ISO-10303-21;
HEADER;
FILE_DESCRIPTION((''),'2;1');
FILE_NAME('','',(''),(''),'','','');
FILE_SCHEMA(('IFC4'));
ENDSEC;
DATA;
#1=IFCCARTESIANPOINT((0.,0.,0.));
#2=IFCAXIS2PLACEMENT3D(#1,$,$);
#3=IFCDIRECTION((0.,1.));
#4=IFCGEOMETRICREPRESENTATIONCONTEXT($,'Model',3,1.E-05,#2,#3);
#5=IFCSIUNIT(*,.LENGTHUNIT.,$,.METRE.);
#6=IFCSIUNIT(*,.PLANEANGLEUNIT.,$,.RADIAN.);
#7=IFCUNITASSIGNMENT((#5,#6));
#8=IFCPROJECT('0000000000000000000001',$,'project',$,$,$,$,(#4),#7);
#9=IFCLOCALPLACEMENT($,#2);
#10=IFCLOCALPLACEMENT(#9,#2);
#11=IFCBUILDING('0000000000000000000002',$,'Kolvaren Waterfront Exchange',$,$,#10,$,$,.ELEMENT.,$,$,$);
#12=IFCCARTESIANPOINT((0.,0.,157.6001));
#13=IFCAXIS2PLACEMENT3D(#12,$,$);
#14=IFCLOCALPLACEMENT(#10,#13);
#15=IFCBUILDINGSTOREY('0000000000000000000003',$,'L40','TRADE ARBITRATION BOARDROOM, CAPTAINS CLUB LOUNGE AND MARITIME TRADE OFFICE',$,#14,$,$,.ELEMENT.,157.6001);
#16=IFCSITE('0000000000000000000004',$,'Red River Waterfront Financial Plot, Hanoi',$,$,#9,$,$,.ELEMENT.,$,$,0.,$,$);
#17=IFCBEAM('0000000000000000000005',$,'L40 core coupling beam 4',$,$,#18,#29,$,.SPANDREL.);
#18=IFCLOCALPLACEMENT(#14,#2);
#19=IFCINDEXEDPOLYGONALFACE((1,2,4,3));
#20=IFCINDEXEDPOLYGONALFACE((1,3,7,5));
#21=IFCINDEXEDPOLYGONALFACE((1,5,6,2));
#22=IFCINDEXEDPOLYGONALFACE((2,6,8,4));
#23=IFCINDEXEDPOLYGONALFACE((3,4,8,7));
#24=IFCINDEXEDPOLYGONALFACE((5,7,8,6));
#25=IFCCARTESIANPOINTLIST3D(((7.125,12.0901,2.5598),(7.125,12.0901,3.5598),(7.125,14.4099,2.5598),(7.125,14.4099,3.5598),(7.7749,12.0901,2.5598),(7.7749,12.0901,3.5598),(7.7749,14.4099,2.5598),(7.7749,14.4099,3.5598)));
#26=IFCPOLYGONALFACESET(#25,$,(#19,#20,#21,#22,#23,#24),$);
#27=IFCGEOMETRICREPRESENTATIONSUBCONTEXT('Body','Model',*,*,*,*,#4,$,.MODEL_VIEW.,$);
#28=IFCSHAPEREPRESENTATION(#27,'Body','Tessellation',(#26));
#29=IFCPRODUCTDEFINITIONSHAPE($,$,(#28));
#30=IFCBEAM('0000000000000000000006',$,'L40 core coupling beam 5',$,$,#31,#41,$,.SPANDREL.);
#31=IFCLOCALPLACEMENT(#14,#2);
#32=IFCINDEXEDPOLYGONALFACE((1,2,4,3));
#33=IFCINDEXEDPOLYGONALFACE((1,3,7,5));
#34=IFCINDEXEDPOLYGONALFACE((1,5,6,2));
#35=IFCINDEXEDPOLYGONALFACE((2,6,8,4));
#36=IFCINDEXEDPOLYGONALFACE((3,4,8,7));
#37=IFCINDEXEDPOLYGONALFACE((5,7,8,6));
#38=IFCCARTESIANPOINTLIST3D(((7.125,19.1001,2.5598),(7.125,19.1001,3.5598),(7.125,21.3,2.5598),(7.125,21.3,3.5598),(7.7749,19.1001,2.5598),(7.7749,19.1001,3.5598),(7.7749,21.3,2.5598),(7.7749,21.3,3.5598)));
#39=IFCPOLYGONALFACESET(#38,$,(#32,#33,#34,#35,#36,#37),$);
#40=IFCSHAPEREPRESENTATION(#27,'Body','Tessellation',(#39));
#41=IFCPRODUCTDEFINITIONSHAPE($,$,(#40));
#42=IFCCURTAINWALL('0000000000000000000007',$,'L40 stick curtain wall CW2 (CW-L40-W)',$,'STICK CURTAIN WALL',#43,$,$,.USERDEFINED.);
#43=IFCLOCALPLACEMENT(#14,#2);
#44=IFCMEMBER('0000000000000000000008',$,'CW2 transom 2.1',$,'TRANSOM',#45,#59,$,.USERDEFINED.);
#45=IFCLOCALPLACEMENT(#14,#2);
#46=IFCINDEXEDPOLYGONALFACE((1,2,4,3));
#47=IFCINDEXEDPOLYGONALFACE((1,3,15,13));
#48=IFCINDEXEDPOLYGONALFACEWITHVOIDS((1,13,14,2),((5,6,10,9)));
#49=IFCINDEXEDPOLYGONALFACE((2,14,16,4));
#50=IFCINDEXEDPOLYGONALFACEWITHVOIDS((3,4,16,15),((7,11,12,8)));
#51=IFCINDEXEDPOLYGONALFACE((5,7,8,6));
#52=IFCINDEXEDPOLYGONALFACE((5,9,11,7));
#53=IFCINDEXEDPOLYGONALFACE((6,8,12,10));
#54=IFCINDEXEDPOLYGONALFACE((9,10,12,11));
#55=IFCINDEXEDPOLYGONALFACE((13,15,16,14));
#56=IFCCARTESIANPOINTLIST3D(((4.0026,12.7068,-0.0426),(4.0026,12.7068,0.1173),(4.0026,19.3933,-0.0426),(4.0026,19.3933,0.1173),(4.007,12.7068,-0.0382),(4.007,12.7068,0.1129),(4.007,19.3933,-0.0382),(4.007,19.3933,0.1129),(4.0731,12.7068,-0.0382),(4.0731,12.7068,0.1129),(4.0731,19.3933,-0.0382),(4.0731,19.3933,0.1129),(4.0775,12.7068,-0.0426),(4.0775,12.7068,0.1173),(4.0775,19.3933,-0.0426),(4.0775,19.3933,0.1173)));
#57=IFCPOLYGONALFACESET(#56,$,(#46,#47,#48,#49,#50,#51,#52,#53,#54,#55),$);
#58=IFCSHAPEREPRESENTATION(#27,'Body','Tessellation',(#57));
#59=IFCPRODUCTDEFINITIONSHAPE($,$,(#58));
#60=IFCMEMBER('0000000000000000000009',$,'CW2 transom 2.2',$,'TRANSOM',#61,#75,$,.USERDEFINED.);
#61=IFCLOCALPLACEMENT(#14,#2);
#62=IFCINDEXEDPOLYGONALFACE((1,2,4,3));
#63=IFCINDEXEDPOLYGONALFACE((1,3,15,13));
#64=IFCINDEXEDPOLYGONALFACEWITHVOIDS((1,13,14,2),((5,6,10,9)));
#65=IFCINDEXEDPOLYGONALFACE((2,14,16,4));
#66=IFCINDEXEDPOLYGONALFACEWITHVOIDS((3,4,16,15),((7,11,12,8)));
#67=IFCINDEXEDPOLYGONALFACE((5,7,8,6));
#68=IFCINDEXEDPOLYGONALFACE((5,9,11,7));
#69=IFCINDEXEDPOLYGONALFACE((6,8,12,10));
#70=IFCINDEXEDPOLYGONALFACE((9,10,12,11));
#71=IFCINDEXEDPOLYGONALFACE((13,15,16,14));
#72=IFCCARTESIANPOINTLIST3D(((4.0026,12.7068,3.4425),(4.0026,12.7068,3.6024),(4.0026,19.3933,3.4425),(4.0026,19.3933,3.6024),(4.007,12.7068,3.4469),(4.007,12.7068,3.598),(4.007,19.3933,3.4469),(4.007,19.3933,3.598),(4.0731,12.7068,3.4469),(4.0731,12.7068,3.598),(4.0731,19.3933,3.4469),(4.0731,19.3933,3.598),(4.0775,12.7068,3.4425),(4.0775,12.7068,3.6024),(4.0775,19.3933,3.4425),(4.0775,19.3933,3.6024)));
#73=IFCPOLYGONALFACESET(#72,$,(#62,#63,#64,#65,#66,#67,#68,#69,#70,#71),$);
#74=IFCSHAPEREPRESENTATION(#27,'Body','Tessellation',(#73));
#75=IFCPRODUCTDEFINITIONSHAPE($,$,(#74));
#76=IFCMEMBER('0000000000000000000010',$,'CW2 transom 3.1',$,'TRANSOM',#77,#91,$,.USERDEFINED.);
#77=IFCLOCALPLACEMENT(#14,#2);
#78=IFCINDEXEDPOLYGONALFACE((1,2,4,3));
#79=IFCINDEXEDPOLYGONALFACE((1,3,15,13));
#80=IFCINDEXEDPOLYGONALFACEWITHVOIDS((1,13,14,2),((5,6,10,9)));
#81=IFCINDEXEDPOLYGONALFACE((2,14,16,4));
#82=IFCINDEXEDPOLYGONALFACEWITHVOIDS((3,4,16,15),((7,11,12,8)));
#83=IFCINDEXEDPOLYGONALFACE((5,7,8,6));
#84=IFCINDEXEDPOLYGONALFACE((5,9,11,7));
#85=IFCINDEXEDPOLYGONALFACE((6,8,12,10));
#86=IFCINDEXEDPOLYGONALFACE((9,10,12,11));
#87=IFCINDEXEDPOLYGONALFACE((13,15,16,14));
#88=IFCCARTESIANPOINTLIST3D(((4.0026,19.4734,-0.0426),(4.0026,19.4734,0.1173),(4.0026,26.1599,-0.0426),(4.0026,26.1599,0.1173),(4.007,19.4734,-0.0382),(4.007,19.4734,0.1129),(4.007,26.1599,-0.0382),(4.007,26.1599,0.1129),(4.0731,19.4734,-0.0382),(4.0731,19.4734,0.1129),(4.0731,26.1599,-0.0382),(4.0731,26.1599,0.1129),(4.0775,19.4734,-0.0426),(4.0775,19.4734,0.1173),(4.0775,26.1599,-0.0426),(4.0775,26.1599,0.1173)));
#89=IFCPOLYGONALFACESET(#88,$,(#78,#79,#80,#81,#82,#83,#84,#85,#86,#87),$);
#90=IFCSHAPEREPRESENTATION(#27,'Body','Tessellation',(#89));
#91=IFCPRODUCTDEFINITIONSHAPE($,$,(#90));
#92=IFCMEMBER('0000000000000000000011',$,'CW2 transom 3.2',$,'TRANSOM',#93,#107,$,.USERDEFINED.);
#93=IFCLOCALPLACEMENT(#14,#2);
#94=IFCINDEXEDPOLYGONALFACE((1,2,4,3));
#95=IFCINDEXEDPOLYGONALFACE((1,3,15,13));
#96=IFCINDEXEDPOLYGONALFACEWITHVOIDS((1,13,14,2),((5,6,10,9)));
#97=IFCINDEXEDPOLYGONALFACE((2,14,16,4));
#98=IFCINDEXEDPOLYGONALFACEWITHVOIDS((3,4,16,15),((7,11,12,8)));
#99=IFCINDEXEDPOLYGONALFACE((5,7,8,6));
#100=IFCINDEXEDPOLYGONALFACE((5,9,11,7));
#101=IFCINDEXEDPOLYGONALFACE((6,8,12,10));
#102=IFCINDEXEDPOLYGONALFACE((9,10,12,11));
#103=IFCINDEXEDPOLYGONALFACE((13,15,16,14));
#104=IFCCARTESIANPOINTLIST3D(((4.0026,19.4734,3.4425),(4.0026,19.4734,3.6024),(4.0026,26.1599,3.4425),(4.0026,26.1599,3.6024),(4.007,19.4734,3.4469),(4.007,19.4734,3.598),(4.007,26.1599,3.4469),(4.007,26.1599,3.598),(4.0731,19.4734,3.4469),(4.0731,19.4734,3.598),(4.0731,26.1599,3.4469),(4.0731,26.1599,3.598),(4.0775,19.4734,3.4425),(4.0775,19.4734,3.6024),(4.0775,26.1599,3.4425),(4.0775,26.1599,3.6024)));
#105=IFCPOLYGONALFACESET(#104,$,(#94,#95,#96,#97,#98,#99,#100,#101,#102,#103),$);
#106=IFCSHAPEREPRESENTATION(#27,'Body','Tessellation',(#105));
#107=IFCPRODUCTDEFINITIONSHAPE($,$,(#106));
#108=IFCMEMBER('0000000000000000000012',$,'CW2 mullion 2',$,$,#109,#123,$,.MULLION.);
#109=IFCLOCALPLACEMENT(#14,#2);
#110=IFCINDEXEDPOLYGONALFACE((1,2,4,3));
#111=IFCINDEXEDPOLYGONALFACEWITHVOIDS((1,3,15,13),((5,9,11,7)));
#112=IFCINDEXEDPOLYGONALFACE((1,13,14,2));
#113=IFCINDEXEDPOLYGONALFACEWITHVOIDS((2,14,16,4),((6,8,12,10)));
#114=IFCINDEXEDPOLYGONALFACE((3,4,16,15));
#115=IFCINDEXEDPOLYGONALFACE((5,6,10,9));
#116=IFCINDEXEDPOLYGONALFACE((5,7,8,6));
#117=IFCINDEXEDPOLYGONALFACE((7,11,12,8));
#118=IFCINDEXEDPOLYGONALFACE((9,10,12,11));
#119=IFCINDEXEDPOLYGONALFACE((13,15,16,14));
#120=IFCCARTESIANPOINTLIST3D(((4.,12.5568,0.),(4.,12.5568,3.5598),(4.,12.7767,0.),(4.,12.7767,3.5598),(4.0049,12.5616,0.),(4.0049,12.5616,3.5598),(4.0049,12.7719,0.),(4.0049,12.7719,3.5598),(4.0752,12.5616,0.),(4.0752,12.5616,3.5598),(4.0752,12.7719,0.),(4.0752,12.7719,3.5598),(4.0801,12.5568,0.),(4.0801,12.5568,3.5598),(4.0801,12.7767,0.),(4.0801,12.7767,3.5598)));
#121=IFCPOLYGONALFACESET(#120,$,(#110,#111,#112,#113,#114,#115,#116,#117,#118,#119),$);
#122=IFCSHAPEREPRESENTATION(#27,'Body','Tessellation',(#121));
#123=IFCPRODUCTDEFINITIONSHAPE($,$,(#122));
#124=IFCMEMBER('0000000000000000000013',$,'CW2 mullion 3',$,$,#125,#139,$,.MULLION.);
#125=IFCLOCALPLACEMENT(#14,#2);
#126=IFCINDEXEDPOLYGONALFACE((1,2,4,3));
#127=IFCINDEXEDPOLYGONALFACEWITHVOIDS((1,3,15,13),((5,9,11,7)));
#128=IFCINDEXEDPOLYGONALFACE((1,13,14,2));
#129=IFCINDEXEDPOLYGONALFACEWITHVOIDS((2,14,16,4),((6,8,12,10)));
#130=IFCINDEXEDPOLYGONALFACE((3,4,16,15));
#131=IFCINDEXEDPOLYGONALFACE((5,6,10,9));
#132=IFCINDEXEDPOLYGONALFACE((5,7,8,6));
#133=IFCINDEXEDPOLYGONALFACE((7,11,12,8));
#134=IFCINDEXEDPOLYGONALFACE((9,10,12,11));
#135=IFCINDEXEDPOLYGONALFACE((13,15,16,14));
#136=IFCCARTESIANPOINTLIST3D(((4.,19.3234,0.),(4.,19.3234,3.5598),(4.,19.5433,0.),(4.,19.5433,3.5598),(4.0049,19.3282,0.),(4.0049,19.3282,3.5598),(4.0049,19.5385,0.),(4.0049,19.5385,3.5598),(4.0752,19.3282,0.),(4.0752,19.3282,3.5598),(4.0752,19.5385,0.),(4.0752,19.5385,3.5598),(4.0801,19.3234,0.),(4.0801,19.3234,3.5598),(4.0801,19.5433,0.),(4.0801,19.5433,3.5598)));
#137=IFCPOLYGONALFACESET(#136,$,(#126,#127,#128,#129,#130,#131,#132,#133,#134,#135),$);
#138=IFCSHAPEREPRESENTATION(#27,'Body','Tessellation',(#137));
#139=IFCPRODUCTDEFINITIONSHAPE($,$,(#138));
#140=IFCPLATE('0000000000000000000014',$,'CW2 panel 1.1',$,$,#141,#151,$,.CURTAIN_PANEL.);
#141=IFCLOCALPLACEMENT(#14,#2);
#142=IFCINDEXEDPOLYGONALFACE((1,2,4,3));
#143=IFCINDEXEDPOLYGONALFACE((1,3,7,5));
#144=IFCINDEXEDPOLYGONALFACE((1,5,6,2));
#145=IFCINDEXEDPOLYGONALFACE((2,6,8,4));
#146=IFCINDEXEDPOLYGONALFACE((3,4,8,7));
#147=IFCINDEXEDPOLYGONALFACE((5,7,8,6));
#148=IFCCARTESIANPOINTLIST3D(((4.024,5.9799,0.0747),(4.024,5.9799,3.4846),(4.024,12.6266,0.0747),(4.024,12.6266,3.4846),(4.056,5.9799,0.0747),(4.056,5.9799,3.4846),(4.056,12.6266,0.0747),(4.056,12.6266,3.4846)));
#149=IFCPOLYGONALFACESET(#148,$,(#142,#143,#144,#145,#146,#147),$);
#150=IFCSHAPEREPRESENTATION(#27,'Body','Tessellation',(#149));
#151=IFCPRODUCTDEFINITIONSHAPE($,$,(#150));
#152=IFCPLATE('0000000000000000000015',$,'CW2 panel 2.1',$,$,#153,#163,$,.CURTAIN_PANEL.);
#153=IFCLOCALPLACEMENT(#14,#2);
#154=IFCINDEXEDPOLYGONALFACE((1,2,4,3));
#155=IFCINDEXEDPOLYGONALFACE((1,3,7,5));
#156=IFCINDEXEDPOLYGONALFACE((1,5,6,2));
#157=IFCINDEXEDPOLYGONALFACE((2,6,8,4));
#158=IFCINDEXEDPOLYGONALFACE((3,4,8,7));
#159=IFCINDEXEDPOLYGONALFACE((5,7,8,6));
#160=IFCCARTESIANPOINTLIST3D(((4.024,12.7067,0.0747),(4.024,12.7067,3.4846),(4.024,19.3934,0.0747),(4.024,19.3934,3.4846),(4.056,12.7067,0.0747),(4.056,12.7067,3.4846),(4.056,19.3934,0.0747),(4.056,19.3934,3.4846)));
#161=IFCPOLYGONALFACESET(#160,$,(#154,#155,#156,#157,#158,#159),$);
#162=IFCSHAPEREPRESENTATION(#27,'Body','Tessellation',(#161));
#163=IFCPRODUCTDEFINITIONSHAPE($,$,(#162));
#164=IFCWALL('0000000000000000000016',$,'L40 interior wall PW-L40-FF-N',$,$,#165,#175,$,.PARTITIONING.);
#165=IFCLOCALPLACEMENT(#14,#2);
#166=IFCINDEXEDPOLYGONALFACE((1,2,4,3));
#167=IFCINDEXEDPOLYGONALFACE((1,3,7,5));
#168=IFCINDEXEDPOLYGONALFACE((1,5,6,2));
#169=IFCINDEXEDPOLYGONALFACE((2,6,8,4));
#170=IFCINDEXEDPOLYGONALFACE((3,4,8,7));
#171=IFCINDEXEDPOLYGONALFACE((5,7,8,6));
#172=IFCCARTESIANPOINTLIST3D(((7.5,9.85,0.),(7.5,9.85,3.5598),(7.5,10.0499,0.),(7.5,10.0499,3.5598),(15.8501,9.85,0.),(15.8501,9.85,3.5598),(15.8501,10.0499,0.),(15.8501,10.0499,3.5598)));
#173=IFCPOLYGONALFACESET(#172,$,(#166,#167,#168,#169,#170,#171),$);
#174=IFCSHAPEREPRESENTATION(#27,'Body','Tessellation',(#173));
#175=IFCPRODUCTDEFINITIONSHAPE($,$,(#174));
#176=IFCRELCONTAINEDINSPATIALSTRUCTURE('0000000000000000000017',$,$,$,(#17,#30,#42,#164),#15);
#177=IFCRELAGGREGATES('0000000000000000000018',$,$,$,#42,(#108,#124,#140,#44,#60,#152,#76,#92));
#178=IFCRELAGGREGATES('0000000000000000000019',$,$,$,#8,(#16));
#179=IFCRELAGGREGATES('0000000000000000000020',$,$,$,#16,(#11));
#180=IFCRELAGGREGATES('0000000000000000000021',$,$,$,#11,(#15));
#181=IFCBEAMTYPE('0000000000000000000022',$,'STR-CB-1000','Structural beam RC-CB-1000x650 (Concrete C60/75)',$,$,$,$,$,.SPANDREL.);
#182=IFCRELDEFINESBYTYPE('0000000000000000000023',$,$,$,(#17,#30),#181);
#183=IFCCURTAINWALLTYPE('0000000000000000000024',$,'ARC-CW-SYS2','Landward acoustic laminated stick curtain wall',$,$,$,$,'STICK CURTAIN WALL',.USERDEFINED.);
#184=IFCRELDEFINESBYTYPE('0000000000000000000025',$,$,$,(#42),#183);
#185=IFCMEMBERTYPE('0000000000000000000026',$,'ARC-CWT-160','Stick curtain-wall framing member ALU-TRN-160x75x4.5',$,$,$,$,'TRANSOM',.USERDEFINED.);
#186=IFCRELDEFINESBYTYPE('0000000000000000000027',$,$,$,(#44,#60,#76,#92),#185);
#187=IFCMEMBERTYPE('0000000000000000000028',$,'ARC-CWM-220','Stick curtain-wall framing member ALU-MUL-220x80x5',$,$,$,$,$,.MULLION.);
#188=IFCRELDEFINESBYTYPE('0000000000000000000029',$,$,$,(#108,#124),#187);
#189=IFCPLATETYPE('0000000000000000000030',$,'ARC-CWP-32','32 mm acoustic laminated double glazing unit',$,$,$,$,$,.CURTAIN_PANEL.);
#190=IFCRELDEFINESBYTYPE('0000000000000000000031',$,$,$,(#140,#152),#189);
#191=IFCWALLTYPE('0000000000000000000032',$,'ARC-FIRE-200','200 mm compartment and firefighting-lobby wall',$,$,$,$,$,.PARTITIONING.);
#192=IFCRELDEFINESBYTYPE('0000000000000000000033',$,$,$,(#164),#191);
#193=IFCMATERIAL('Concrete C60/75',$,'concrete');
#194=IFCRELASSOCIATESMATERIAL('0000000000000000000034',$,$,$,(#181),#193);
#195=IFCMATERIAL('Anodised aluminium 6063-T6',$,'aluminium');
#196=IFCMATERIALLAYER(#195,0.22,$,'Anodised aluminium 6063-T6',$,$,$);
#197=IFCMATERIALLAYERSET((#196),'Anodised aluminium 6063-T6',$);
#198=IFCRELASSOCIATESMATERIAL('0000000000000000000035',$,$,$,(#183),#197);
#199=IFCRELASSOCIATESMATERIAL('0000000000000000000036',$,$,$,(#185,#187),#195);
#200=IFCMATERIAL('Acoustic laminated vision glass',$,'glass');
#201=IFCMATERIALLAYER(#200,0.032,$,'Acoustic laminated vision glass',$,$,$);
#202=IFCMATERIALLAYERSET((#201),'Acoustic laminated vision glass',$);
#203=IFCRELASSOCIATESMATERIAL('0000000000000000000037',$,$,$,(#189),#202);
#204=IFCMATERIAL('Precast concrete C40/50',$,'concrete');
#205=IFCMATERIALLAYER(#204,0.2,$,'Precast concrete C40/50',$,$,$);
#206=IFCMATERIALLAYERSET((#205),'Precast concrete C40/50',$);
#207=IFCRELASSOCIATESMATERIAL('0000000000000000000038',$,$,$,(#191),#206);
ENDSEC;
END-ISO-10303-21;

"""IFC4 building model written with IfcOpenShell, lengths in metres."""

from ifc_helpers import new_model, si_unit, direction, frame, frame_2d, origin, origin_with_axes, origin_2d, place, context, subcontext, project, spatial, rectangle, hollow_rectangle, extrude, source, transform, mapped, material, layer, layer_set, material_profile, profile_set, type_object, element, aggregate, save


model = new_model("IFC4")

# Units and contexts
model_context = context("Model", 3, precision=1e-05, world=origin(), true_north=direction((0.0, 1.0)))
body_context = subcontext(model_context, "Body", "Model", "MODEL_VIEW")
ifc_project = project(units=[si_unit("LENGTHUNIT", "METRE"), si_unit("PLANEANGLEUNIT", "RADIAN")], contexts=[model_context])

# Site, building, storey
site_placement = place(None, origin())
site = spatial("IfcSite", under=ifc_project, at=site_placement, Name="Red River Waterfront Financial Plot, Hanoi", CompositionType="ELEMENT", RefElevation=0.0)
building_placement = place(site_placement, origin())
building = spatial("IfcBuilding", under=site, at=building_placement, Name="Kolvaren Waterfront Exchange", CompositionType="ELEMENT")
storey_placement = place(building_placement, frame((0.0, 0.0, 157.6001)))
storey = spatial("IfcBuildingStorey", under=building, at=storey_placement, Name="L40", Description="TRADE ARBITRATION BOARDROOM, CAPTAINS CLUB LOUNGE AND MARITIME TRADE OFFICE", CompositionType="ELEMENT", Elevation=157.6001)

# Beams
ifc_material_1 = material(Name="Concrete C60/75", Category="concrete")
ifc_material_profile_1 = material_profile(ifc_material_1, rectangle(XDim=0.6499, YDim=1.0, at=origin_2d()), Name="RC-CB-1000x650")
ifc_profile_set_1 = profile_set([ifc_material_profile_1], Name="Concrete C60/75")
beam_type = type_object("IfcBeamType", Name="STR-CB-1000", Description="Structural beam RC-CB-1000x650 (Concrete C60/75)", PredefinedType="SPANDREL", material=ifc_profile_set_1)
beam_1_placement = place(storey_placement, frame((7.45, 12.0901, 3.0598), z_axis=(0.0, 1.0, 0.0), x_axis=(-1.0, 0.0, 0.0)))
element("IfcBeam", 1, at=beam_1_placement, inside=storey, type_object=beam_type, Name="L40 core coupling beam 4", PredefinedType="SPANDREL", context=body_context, shape_type="SweptSolid", body=[
    extrude(rectangle(XDim=0.6499, YDim=1.0, at=origin_2d()), origin(), (0.0, 0.0, 1.0), 2.3198),
])
beam_2_placement = place(storey_placement, frame((7.45, 19.1001, 3.0598), z_axis=(0.0, 1.0, 0.0), x_axis=(-1.0, 0.0, 0.0)))
element("IfcBeam", 2, at=beam_2_placement, inside=storey, type_object=beam_type, Name="L40 core coupling beam 5", PredefinedType="SPANDREL", context=body_context, shape_type="SweptSolid", body=[
    extrude(rectangle(XDim=0.6499, YDim=1.0, at=origin_2d()), origin(), (0.0, 0.0, 1.0), 2.2),
])

# Curtain wall, members, plates
ifc_material_2 = material(Name="Anodised aluminium 6063-T6", Category="aluminium")
ifc_layer_1 = layer(ifc_material_2, 0.22, Name="Anodised aluminium 6063-T6")
ifc_layer_set_1 = layer_set([ifc_layer_1], Name="Anodised aluminium 6063-T6")
curtain_wall_type = type_object("IfcCurtainWallType", Name="ARC-CW-SYS2", Description="Landward acoustic laminated stick curtain wall", ElementType="STICK CURTAIN WALL", PredefinedType="USERDEFINED", material=ifc_layer_set_1)
curtain_wall_placement = place(storey_placement, origin())
curtain_wall = element("IfcCurtainWall", 3, at=curtain_wall_placement, inside=storey, type_object=curtain_wall_type, Name="L40 stick curtain wall CW2 (CW-L40-W)", ObjectType="STICK CURTAIN WALL", PredefinedType="USERDEFINED")
ifc_material_profile_2 = material_profile(ifc_material_2, hollow_rectangle(XDim=0.075, YDim=0.1599, WallThickness=0.0044, at=origin_2d()), Name="ALU-TRN-160x75x4.5")
ifc_profile_set_2 = profile_set([ifc_material_profile_2], Name="Anodised aluminium 6063-T6")
member_type_1 = type_object("IfcMemberType", Name="ARC-CWT-160", Description="Stick curtain-wall framing member ALU-TRN-160x75x4.5", ElementType="TRANSOM", PredefinedType="USERDEFINED", material=ifc_profile_set_2)
shared_shape_1 = source(origin_with_axes(), body_context, "Body", "SweptSolid", [
    extrude(hollow_rectangle(XDim=0.075, YDim=0.1599, WallThickness=0.0044, at=origin_2d()), origin(), (0.0, 0.0, 1.0), 6.6865),
])
member_1_placement = place(storey_placement, frame((4.04, 12.7068, 0.0374), z_axis=(0.0, 1.0, 0.0), x_axis=(-1.0, 0.0, 0.0)))
member_1 = element("IfcMember", 4, at=member_1_placement, type_object=member_type_1, Name="CW2 transom 2.1", ObjectType="TRANSOM", PredefinedType="USERDEFINED", context=body_context, shape_type="MappedRepresentation", body=[
    mapped(shared_shape_1, transform((0.0, 0.0, 0.0), x_axis=(1.0, 0.0, 0.0), y_axis=(0.0, 1.0, 0.0), z_axis=(0.0, 0.0, 1.0), scale=1.0)),
])
member_2_placement = place(storey_placement, frame((4.04, 12.7068, 3.5225), z_axis=(0.0, 1.0, 0.0), x_axis=(-1.0, 0.0, 0.0)))
member_2 = element("IfcMember", 5, at=member_2_placement, type_object=member_type_1, Name="CW2 transom 2.2", ObjectType="TRANSOM", PredefinedType="USERDEFINED", context=body_context, shape_type="MappedRepresentation", body=[
    mapped(shared_shape_1, transform((0.0, 0.0, 0.0), x_axis=(1.0, 0.0, 0.0), y_axis=(0.0, 1.0, 0.0), z_axis=(0.0, 0.0, 1.0), scale=1.0)),
])
member_3_placement = place(storey_placement, frame((4.04, 19.4734, 0.0374), z_axis=(0.0, 1.0, 0.0), x_axis=(-1.0, 0.0, 0.0)))
member_3 = element("IfcMember", 6, at=member_3_placement, type_object=member_type_1, Name="CW2 transom 3.1", ObjectType="TRANSOM", PredefinedType="USERDEFINED", context=body_context, shape_type="MappedRepresentation", body=[
    mapped(shared_shape_1, transform((0.0, 0.0, 0.0), x_axis=(1.0, 0.0, 0.0), y_axis=(0.0, 1.0, 0.0), z_axis=(0.0, 0.0, 1.0), scale=1.0)),
])
member_4_placement = place(storey_placement, frame((4.04, 19.4734, 3.5225), z_axis=(0.0, 1.0, 0.0), x_axis=(-1.0, 0.0, 0.0)))
member_4 = element("IfcMember", 7, at=member_4_placement, type_object=member_type_1, Name="CW2 transom 3.2", ObjectType="TRANSOM", PredefinedType="USERDEFINED", context=body_context, shape_type="MappedRepresentation", body=[
    mapped(shared_shape_1, transform((0.0, 0.0, 0.0), x_axis=(1.0, 0.0, 0.0), y_axis=(0.0, 1.0, 0.0), z_axis=(0.0, 0.0, 1.0), scale=1.0)),
])
ifc_material_profile_3 = material_profile(ifc_material_2, hollow_rectangle(XDim=0.0801, YDim=0.22, WallThickness=0.0049, at=origin_2d()), Name="ALU-MUL-220x80x5")
ifc_profile_set_3 = profile_set([ifc_material_profile_3], Name="Anodised aluminium 6063-T6")
member_type_2 = type_object("IfcMemberType", Name="ARC-CWM-220", Description="Stick curtain-wall framing member ALU-MUL-220x80x5", PredefinedType="MULLION", material=ifc_profile_set_3)
shared_shape_2 = source(origin_with_axes(), body_context, "Body", "SweptSolid", [
    extrude(hollow_rectangle(XDim=0.0801, YDim=0.22, WallThickness=0.0049, at=origin_2d()), origin(), (0.0, 0.0, 1.0), 3.5598),
])
member_5_placement = place(storey_placement, frame((4.04, 12.6667, 0.0), z_axis=(0.0, 0.0, 1.0), x_axis=(-1.0, 0.0, 0.0)))
member_5 = element("IfcMember", 8, at=member_5_placement, type_object=member_type_2, Name="CW2 mullion 2", PredefinedType="MULLION", context=body_context, shape_type="MappedRepresentation", body=[
    mapped(shared_shape_2, transform((0.0, 0.0, 0.0), x_axis=(1.0, 0.0, 0.0), y_axis=(0.0, 1.0, 0.0), z_axis=(0.0, 0.0, 1.0), scale=1.0)),
])
member_6_placement = place(storey_placement, frame((4.04, 19.4333, 0.0), z_axis=(0.0, 0.0, 1.0), x_axis=(-1.0, 0.0, 0.0)))
member_6 = element("IfcMember", 9, at=member_6_placement, type_object=member_type_2, Name="CW2 mullion 3", PredefinedType="MULLION", context=body_context, shape_type="MappedRepresentation", body=[
    mapped(shared_shape_2, transform((0.0, 0.0, 0.0), x_axis=(1.0, 0.0, 0.0), y_axis=(0.0, 1.0, 0.0), z_axis=(0.0, 0.0, 1.0), scale=1.0)),
])
ifc_material_3 = material(Name="Acoustic laminated vision glass", Category="glass")
ifc_layer_2 = layer(ifc_material_3, 0.032, Name="Acoustic laminated vision glass")
ifc_layer_set_2 = layer_set([ifc_layer_2], Name="Acoustic laminated vision glass")
plate_type = type_object("IfcPlateType", Name="ARC-CWP-32", Description="32 mm acoustic laminated double glazing unit", PredefinedType="CURTAIN_PANEL", material=ifc_layer_set_2)
shared_shape_3 = source(origin_with_axes(), body_context, "Body", "SweptSolid", [
    extrude(rectangle(XDim=6.6467, YDim=0.032, at=origin_2d()), origin(), (0.0, 0.0, 1.0), 3.4099),
])
plate_1_placement = place(storey_placement, frame((4.04, 9.3032, 0.0747), z_axis=(0.0, 0.0, 1.0), x_axis=(0.0, 1.0, 0.0)))
plate_1 = element("IfcPlate", 10, at=plate_1_placement, type_object=plate_type, Name="CW2 panel 1.1", PredefinedType="CURTAIN_PANEL", context=body_context, shape_type="MappedRepresentation", body=[
    mapped(shared_shape_3, transform((0.0, 0.0, 0.0), x_axis=(1.0, 0.0, 0.0), y_axis=(0.0, 1.0, 0.0), z_axis=(0.0, 0.0, 1.0), scale=1.0)),
])
shared_shape_4 = source(origin_with_axes(), body_context, "Body", "SweptSolid", [
    extrude(rectangle(XDim=6.6868, YDim=0.032, at=origin_2d()), origin(), (0.0, 0.0, 1.0), 3.4099),
])
plate_2_placement = place(storey_placement, frame((4.04, 16.05, 0.0747), z_axis=(0.0, 0.0, 1.0), x_axis=(0.0, 1.0, 0.0)))
plate_2 = element("IfcPlate", 11, at=plate_2_placement, type_object=plate_type, Name="CW2 panel 2.1", PredefinedType="CURTAIN_PANEL", context=body_context, shape_type="MappedRepresentation", body=[
    mapped(shared_shape_4, transform((0.0, 0.0, 0.0), x_axis=(1.0, 0.0, 0.0), y_axis=(0.0, 1.0, 0.0), z_axis=(0.0, 0.0, 1.0), scale=1.0)),
])
aggregate(curtain_wall, [member_5, member_6, plate_1, member_1, member_2, plate_2, member_3, member_4])

# Wall
ifc_material_4 = material(Name="Precast concrete C40/50", Category="concrete")
ifc_layer_3 = layer(ifc_material_4, 0.2, Name="Precast concrete C40/50")
ifc_layer_set_3 = layer_set([ifc_layer_3], Name="Precast concrete C40/50")
wall_type_1 = type_object("IfcWallType", Name="ARC-FIRE-200", Description="200 mm compartment and firefighting-lobby wall", PredefinedType="PARTITIONING", material=ifc_layer_set_3)
wall_1_placement = place(storey_placement, frame((7.5, 9.95, 0.0), z_axis=(0.0, 0.0, 1.0), x_axis=(1.0, 0.0, 0.0)))
element("IfcWall", 12, at=wall_1_placement, inside=storey, type_object=wall_type_1, Name="L40 interior wall PW-L40-FF-N", PredefinedType="PARTITIONING", context=body_context, shape_type="SweptSolid", body=[
    extrude(rectangle(XDim=8.3501, YDim=0.2, at=frame_2d((4.175, 0.0))), origin(), (0.0, 0.0, 1.0), 3.5598),
])

save(model, "model.ifc")
